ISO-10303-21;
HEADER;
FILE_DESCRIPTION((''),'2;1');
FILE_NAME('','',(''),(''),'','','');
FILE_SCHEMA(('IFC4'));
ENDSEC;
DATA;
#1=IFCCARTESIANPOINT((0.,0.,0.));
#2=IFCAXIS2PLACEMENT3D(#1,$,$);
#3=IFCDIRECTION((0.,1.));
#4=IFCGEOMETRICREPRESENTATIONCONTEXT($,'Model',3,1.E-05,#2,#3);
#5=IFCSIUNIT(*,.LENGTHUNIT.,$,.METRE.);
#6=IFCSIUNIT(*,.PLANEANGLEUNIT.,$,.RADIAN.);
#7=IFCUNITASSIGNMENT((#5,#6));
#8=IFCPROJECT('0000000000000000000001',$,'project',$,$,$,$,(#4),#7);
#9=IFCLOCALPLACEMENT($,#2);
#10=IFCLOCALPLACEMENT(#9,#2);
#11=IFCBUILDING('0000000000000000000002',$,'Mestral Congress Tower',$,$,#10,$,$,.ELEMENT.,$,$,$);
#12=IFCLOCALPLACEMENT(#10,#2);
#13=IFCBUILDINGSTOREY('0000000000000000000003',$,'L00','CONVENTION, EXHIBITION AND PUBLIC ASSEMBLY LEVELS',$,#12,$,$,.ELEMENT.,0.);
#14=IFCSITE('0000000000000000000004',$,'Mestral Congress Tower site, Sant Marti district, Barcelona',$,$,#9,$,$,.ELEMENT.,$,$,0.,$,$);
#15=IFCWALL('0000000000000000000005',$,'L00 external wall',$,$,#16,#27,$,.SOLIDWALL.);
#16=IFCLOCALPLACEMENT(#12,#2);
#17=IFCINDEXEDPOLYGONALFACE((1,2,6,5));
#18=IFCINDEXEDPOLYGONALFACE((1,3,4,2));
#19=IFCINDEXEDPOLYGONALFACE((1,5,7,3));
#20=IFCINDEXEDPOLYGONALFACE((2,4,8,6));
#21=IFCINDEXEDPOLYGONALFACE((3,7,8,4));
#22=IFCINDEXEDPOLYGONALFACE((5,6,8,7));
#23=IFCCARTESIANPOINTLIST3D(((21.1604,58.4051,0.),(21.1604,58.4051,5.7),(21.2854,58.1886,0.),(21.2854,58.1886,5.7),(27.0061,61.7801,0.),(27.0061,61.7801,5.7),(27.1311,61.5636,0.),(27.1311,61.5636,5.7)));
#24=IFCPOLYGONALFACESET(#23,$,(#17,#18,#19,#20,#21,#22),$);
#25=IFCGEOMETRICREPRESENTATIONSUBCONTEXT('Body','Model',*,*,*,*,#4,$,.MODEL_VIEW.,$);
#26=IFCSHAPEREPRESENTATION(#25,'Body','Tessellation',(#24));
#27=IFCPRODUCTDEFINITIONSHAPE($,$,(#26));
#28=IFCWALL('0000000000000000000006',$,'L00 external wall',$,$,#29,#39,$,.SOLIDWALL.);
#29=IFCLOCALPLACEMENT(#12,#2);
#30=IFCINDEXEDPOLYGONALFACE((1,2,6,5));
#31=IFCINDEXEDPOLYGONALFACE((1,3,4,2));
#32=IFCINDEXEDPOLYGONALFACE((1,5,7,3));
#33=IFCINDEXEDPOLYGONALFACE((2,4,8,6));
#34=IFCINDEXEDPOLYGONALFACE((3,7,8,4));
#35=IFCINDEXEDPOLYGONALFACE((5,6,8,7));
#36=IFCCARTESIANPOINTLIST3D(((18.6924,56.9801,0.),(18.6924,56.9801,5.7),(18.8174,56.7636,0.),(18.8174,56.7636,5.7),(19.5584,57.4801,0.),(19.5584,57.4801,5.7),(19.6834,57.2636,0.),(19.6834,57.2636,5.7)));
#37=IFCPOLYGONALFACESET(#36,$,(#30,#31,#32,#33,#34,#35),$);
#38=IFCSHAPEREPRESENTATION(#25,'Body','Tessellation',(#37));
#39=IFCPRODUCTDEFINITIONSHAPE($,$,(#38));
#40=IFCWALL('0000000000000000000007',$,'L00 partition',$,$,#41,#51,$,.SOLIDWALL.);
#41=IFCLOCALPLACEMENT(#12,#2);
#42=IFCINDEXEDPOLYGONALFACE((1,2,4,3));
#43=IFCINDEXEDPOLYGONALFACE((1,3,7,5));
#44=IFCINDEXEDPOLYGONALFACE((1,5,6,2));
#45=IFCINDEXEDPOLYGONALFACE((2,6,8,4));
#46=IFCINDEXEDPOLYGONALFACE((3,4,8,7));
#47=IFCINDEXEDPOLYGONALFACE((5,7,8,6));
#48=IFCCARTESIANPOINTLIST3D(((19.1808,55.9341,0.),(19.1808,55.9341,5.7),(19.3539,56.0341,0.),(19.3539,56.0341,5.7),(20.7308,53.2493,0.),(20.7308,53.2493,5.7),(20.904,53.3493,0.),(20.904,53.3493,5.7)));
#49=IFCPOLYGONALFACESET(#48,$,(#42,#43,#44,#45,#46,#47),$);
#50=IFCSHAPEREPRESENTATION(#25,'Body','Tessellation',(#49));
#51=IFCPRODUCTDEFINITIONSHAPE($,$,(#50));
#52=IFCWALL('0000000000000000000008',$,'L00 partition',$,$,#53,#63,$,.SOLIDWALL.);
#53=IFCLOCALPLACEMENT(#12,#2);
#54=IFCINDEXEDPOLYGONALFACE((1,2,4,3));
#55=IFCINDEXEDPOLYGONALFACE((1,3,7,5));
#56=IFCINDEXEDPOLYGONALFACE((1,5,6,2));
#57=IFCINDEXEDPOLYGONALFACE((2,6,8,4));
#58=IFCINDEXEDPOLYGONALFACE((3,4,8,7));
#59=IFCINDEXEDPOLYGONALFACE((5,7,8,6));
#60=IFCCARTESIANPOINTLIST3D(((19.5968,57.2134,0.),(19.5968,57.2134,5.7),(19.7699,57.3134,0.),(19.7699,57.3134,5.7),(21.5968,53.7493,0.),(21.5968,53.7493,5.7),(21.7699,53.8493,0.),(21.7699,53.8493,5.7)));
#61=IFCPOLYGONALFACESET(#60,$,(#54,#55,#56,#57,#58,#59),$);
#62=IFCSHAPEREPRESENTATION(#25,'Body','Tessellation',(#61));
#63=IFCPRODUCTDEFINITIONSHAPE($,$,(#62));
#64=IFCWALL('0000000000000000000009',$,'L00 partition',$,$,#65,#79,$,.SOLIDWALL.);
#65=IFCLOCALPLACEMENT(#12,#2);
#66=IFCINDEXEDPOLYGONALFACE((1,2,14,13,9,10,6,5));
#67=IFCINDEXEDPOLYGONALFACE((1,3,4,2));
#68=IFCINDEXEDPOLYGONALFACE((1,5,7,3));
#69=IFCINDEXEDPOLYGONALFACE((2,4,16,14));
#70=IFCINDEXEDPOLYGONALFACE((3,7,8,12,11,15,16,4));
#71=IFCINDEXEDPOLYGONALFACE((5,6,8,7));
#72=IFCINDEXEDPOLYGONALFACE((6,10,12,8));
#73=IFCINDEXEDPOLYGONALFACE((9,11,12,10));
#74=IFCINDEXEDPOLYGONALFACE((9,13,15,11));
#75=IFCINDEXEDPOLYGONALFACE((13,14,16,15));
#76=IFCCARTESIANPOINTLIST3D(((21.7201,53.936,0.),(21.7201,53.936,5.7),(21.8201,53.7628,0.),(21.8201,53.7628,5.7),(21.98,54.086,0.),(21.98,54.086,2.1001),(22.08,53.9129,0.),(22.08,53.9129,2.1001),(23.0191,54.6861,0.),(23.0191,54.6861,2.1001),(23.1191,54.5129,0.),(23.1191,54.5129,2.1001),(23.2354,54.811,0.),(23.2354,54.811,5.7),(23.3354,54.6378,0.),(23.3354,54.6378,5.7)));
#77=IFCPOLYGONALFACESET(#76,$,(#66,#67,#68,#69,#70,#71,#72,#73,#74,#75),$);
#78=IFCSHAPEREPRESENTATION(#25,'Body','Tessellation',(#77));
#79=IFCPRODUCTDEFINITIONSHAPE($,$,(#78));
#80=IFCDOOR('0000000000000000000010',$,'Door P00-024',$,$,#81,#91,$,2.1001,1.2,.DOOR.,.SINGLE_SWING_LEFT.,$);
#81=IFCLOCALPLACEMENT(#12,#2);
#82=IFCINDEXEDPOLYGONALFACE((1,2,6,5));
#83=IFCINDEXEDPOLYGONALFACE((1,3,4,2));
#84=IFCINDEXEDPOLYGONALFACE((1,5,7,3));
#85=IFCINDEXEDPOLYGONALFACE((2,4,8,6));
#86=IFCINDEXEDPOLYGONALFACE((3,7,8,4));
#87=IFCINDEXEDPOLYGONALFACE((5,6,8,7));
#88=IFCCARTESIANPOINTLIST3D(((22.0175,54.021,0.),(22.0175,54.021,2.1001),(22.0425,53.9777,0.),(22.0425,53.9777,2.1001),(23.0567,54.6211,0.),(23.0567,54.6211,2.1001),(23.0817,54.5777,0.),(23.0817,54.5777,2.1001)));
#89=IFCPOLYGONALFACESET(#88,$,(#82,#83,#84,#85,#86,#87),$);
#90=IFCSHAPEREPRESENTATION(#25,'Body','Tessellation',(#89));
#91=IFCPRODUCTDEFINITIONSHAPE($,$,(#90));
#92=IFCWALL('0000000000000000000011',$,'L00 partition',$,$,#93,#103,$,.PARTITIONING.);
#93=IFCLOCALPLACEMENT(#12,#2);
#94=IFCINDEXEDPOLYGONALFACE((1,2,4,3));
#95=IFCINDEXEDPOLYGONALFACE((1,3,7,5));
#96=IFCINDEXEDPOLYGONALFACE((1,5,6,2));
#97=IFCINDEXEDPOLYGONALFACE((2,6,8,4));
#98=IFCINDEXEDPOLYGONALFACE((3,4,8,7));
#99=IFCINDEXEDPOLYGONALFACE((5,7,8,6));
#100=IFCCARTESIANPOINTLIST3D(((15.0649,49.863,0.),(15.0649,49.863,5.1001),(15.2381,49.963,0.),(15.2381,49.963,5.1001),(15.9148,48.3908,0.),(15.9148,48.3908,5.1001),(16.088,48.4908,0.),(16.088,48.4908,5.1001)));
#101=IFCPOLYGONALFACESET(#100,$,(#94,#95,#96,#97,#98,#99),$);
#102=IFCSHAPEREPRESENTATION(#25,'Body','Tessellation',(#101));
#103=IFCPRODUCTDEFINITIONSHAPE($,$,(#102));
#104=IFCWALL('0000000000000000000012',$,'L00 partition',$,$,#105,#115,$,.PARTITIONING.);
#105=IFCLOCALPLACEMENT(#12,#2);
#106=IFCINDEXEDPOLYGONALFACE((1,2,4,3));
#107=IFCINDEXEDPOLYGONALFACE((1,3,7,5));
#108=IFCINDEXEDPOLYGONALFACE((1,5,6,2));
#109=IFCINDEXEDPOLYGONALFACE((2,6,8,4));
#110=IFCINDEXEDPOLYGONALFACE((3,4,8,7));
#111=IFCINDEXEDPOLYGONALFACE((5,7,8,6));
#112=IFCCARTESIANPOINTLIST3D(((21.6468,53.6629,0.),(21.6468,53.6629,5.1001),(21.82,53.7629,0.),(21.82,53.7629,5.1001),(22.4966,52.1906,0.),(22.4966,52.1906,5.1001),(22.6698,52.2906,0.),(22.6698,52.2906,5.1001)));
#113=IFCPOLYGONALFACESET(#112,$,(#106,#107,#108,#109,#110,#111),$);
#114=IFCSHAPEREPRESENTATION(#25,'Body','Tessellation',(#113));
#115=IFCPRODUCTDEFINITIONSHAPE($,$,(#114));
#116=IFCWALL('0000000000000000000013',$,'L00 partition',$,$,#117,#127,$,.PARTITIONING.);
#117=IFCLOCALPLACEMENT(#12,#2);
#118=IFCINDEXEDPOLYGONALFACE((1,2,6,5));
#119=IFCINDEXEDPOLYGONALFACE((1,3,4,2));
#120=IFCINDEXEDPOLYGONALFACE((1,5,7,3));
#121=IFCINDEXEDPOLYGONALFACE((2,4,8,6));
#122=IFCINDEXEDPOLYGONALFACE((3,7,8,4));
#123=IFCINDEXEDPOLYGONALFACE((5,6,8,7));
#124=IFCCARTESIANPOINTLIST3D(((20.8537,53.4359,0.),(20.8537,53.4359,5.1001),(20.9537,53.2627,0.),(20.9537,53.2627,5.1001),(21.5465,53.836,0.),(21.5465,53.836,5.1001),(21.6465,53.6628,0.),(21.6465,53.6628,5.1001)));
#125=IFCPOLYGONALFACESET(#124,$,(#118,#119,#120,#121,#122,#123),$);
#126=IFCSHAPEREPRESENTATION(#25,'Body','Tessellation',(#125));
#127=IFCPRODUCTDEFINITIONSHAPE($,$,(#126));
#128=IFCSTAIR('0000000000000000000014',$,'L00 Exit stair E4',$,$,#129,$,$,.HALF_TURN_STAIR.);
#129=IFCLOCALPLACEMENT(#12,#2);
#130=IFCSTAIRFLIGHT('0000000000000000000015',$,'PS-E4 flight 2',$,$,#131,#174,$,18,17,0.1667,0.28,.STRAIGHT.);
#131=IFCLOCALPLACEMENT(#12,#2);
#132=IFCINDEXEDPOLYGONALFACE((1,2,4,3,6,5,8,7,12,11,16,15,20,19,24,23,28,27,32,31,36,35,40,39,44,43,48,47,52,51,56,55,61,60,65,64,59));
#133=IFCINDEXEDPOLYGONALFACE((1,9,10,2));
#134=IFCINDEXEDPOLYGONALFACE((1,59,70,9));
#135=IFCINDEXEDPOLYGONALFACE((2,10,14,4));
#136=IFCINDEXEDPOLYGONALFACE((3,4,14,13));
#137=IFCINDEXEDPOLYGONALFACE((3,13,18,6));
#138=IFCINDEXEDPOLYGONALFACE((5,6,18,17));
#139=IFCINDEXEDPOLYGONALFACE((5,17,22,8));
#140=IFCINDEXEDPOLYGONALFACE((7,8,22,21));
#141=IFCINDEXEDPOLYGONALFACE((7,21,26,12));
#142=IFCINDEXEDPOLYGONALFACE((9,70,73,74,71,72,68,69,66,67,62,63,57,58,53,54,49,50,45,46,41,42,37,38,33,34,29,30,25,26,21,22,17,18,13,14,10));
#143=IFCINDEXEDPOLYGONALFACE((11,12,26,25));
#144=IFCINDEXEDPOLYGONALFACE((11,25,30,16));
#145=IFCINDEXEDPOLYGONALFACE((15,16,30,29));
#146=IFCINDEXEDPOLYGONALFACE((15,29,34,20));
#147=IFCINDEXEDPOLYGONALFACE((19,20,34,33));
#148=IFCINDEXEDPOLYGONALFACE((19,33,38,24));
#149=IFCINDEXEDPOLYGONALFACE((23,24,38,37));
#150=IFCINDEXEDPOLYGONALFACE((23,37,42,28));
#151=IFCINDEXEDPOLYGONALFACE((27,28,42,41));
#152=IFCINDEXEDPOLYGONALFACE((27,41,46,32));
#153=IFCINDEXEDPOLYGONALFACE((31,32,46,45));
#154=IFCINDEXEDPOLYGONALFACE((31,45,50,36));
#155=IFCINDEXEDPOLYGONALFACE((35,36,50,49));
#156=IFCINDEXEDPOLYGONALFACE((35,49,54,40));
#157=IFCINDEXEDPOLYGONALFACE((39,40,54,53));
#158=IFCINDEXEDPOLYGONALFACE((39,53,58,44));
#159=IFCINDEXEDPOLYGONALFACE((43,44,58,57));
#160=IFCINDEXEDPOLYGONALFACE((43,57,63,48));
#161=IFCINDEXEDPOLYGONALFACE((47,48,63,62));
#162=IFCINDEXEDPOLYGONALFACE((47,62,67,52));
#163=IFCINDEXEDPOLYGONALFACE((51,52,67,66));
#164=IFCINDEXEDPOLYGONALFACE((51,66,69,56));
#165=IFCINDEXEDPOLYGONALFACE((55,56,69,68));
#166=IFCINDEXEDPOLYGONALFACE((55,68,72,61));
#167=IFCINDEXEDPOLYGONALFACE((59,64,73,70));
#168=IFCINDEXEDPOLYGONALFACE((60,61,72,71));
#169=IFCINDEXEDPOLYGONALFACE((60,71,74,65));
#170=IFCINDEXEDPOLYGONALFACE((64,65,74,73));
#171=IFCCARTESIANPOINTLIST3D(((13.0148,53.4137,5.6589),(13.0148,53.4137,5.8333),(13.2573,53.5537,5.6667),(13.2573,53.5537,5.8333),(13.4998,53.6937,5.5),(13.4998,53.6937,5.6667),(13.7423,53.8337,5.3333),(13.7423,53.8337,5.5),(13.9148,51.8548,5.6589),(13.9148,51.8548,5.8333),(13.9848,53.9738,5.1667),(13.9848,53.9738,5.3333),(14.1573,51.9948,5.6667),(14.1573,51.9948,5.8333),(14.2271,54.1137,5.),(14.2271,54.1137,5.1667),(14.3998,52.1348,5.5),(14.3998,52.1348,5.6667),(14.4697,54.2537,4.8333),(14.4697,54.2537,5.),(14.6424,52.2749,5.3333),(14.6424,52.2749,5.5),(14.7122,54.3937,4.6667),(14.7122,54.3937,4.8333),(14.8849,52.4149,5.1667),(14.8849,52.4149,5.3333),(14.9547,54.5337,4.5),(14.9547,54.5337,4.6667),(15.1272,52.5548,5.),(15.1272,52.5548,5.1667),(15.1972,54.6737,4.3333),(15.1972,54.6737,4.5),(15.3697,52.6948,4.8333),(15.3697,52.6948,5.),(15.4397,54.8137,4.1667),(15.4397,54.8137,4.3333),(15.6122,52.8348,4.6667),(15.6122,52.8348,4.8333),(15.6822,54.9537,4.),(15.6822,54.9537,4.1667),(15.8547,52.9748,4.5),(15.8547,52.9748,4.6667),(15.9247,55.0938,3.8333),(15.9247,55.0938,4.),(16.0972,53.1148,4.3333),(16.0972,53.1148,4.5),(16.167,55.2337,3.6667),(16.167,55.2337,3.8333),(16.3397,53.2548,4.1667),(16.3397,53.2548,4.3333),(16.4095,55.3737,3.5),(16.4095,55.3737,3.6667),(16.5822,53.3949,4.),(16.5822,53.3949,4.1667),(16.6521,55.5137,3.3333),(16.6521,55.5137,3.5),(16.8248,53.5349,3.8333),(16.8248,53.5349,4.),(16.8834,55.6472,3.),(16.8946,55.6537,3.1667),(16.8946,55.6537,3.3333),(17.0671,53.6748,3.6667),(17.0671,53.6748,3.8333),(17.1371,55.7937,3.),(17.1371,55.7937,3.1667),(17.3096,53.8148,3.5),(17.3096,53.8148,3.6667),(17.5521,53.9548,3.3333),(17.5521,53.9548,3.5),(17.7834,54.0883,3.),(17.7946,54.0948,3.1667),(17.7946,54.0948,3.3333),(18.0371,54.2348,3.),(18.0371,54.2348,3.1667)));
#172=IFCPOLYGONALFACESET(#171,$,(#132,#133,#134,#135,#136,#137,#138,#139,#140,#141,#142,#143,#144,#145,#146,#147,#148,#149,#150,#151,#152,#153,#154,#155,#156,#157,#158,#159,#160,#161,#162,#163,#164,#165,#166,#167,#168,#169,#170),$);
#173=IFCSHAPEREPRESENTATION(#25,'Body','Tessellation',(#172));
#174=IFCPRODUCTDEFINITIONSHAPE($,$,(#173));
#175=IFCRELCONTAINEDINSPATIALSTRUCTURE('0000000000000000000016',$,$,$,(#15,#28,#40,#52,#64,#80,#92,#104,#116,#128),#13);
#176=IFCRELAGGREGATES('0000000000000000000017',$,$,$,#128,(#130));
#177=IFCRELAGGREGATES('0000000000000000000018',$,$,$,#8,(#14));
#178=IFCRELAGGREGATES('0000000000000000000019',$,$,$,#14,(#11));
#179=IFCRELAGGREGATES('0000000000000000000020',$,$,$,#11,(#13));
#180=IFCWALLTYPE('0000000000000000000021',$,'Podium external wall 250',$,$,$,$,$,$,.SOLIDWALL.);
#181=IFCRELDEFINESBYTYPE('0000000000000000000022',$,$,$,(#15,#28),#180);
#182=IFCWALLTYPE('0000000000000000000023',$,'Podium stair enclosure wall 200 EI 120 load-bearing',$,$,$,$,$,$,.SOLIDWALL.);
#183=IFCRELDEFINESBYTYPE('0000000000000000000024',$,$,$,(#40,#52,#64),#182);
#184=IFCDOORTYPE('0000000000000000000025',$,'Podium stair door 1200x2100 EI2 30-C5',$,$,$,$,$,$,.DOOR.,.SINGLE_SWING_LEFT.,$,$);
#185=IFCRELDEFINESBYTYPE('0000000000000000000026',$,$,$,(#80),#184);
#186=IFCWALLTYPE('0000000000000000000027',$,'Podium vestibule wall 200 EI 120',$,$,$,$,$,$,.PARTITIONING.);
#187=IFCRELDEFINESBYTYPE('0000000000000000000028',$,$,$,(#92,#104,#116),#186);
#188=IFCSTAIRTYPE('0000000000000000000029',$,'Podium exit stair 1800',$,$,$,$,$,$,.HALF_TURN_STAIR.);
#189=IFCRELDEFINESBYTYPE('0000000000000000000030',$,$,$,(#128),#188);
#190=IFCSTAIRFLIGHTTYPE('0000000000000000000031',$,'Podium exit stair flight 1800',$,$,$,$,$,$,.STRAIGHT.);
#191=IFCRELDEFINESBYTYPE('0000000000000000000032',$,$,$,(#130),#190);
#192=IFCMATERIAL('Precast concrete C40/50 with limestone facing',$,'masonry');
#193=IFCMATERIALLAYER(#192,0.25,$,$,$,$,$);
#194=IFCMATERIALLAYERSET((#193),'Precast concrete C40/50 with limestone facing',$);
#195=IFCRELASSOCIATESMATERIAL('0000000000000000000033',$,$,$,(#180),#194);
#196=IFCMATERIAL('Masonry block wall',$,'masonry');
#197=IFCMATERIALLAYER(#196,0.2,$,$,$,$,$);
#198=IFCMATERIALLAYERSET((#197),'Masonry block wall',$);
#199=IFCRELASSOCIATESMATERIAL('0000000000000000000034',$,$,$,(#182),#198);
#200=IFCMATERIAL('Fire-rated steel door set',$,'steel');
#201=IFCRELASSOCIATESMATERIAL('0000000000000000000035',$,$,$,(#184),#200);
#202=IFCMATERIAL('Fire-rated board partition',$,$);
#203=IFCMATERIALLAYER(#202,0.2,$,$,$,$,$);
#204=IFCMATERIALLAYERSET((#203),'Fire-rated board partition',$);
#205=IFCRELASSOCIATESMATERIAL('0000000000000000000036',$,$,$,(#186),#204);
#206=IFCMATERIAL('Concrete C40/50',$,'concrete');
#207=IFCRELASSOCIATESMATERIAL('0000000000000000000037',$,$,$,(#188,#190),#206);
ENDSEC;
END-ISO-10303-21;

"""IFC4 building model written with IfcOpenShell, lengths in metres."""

from ifc_helpers import new_model, si_unit, direction, frame, frame_2d, origin, place, context, subcontext, project, spatial, polyline, rectangle, outline, extrude, material, layer, layer_set, type_object, element, fill, aggregate, save


model = new_model("IFC4")

# Units and contexts
model_context = context("Model", 3, precision=1e-05, world=origin(), true_north=direction((0.0, 1.0)))
body_context = subcontext(model_context, "Body", "Model", "MODEL_VIEW")
ifc_project = project(units=[si_unit("LENGTHUNIT", "METRE"), si_unit("PLANEANGLEUNIT", "RADIAN")], contexts=[model_context])

# Site, building, storey
site_placement = place(None, origin())
site = spatial("IfcSite", under=ifc_project, at=site_placement, Name="Mestral Congress Tower site, Sant Marti district, Barcelona", CompositionType="ELEMENT", RefElevation=0.0)
building_placement = place(site_placement, origin())
building = spatial("IfcBuilding", under=site, at=building_placement, Name="Mestral Congress Tower", CompositionType="ELEMENT")
storey_placement = place(building_placement, origin())
storey = spatial("IfcBuildingStorey", under=building, at=storey_placement, Name="L00", Description="CONVENTION, EXHIBITION AND PUBLIC ASSEMBLY LEVELS", CompositionType="ELEMENT", Elevation=0.0)

# Shared definitions
ifc_material_1 = material(Name="Precast concrete C40/50 with limestone facing", Category="masonry")
ifc_layer_1 = layer(ifc_material_1, 0.25)
ifc_layer_set_1 = layer_set([ifc_layer_1], Name="Precast concrete C40/50 with limestone facing")
wall_type_1 = type_object("IfcWallType", Name="Podium external wall 250", PredefinedType="SOLIDWALL", material=ifc_layer_set_1)

# Walls
wall_1_placement = place(storey_placement, frame((21.2229, 58.2969, 0.0), z_axis=(0.0, 0.0, 1.0), x_axis=(0.866027, 0.499998, 0.0)))
element("IfcWall", 1, at=wall_1_placement, inside=storey, type_object=wall_type_1, Name="L00 external wall", PredefinedType="SOLIDWALL", context=body_context, shape_type="SweptSolid", body=[
    extrude(rectangle(XDim=6.75, YDim=0.25, at=frame_2d((3.375, 0.0))), origin(), (0.0, 0.0, 1.0), 5.7),
])
wall_2_placement = place(storey_placement, frame((18.7549, 56.8718, 0.0), z_axis=(0.0, 0.0, 1.0), x_axis=(0.866011, 0.500025, 0.0)))
element("IfcWall", 2, at=wall_2_placement, inside=storey, type_object=wall_type_1, Name="L00 external wall", PredefinedType="SOLIDWALL", context=body_context, shape_type="SweptSolid", body=[
    extrude(rectangle(XDim=1.0, YDim=0.25, at=frame_2d((0.5, 0.0))), origin(), (0.0, 0.0, 1.0), 5.7),
])
ifc_material_2 = material(Name="Masonry block wall", Category="masonry")
ifc_layer_2 = layer(ifc_material_2, 0.2)
ifc_layer_set_2 = layer_set([ifc_layer_2], Name="Masonry block wall")
wall_type_2 = type_object("IfcWallType", Name="Podium stair enclosure wall 200 EI 120 load-bearing", PredefinedType="SOLIDWALL", material=ifc_layer_set_2)
wall_3_placement = place(storey_placement, frame((20.8174, 53.2993, 0.0), z_axis=(0.0, 0.0, 1.0), x_axis=(-0.499993, 0.86603, 0.0)))
element("IfcWall", 3, at=wall_3_placement, inside=storey, type_object=wall_type_2, Name="L00 partition", PredefinedType="SOLIDWALL", context=body_context, shape_type="SweptSolid", body=[
    extrude(rectangle(XDim=3.1001, YDim=0.2, at=frame_2d((1.55, 0.0))), origin(), (0.0, 0.0, 1.0), 5.7),
])
wall_4_placement = place(storey_placement, frame((21.6833, 53.7993, 0.0), z_axis=(0.0, 0.0, 1.0), x_axis=(-0.499999, 0.866026, 0.0)))
element("IfcWall", 4, at=wall_4_placement, inside=storey, type_object=wall_type_2, Name="L00 partition", PredefinedType="SOLIDWALL", context=body_context, shape_type="SweptSolid", body=[
    extrude(rectangle(XDim=4.0, YDim=0.2, at=frame_2d((2.0, 0.0))), origin(), (0.0, 0.0, 1.0), 5.7),
])

# Wall, opening, door
wall_5_placement = place(storey_placement, frame((21.77, 53.8494, 0.0), z_axis=(0.0, 0.0, 1.0), x_axis=(0.866002, 0.50004, 0.0)))
wall_5 = element("IfcWall", 5, at=wall_5_placement, inside=storey, type_object=wall_type_2, Name="L00 partition", PredefinedType="SOLIDWALL", context=body_context, shape_type="SweptSolid", body=[
    extrude(rectangle(XDim=1.7498, YDim=0.2, at=frame_2d((0.875, 0.0))), origin(), (0.0, 0.0, 1.0), 5.7),
])
opening_1_placement = place(wall_5_placement, frame((0.3, 0.0, 0.0)))
opening_1 = element("IfcOpeningElement", 6, at=opening_1_placement, cuts=wall_5, PredefinedType="OPENING", context=body_context, shape_type="SweptSolid", body=[
    extrude(rectangle(XDim=1.2, YDim=2.1001, at=frame_2d((0.6001, 1.05))), frame((0.0, 0.1099, 0.0), z_axis=(0.0, -1.0, 0.0), x_axis=(1.0, 0.0, 0.0)), (0.0, 0.0, 1.0), 0.22),
])
ifc_material_3 = material(Name="Fire-rated steel door set", Category="steel")
door_type_1 = type_object("IfcDoorType", Name="Podium stair door 1200x2100 EI2 30-C5", OperationType="SINGLE_SWING_LEFT", PredefinedType="DOOR", material=ifc_material_3)
door_1_placement = place(opening_1_placement, origin())
door_1 = element("IfcDoor", 7, at=door_1_placement, inside=storey, type_object=door_type_1, Name="Door P00-024", OperationType="SINGLE_SWING_LEFT", OverallHeight=2.1001, OverallWidth=1.2, PredefinedType="DOOR", context=body_context, shape_type="SweptSolid", body=[
    extrude(rectangle(XDim=1.2, YDim=2.1001, at=frame_2d((0.6001, 1.05))), frame((0.0, 0.0249, 0.0), z_axis=(0.0, -1.0, 0.0), x_axis=(1.0, 0.0, 0.0)), (0.0, 0.0, 1.0), 0.05),
])
fill(opening_1, door_1)

# Walls
ifc_material_4 = material(Name="Fire-rated board partition")
ifc_layer_3 = layer(ifc_material_4, 0.2)
ifc_layer_set_3 = layer_set([ifc_layer_3], Name="Fire-rated board partition")
wall_type_3 = type_object("IfcWallType", Name="Podium vestibule wall 200 EI 120", PredefinedType="PARTITIONING", material=ifc_layer_set_3)
for number, where, z_axis, x_axis, name in (
    (8, (16.0015, 48.4407, 0.0), (0.0, 0.0, 1.0), (-0.499955, 0.866052, 0.0), "L00 partition"),
    (9, (22.5833, 52.2405, 0.0), (0.0, 0.0, 1.0), (-0.499892, 0.866088, 0.0), "L00 partition"),
):
    element("IfcWall", number, at=place(storey_placement, frame(where, z_axis=z_axis, x_axis=x_axis)), inside=storey, type_object=wall_type_3, Name=name, PredefinedType="PARTITIONING", context=body_context, shape_type="SweptSolid", body=[
        extrude(rectangle(XDim=1.7, YDim=0.2, at=frame_2d((0.8501, 0.0))), origin(), (0.0, 0.0, 1.0), 5.1001),
    ])
wall_6_placement = place(storey_placement, frame((20.9038, 53.3494, 0.0), z_axis=(0.0, 0.0, 1.0), x_axis=(0.865962, 0.50011, 0.0)))
element("IfcWall", 10, at=wall_6_placement, inside=storey, type_object=wall_type_3, Name="L00 partition", PredefinedType="PARTITIONING", context=body_context, shape_type="SweptSolid", body=[
    extrude(rectangle(XDim=0.8, YDim=0.2, at=frame_2d((0.3999, 0.0))), origin(), (0.0, 0.0, 1.0), 5.1001),
])

# Stair, stair flight
ifc_material_5 = material(Name="Concrete C40/50", Category="concrete")
stair_type = type_object("IfcStairType", Name="Podium exit stair 1800", PredefinedType="HALF_TURN_STAIR", material=ifc_material_5)
stair_placement = place(storey_placement, origin())
stair = element("IfcStair", 11, at=stair_placement, inside=storey, type_object=stair_type, Name="L00 Exit stair E4", PredefinedType="HALF_TURN_STAIR")
stair_flight_type = type_object("IfcStairFlightType", Name="Podium exit stair flight 1800", PredefinedType="STRAIGHT", material=ifc_material_5)
stair_flight_placement = place(storey_placement, frame((17.5872, 55.0142, 3.0), z_axis=(0.0, 0.0, 1.0), x_axis=(-0.866025, -0.5, 0.0)))
stair_flight = element("IfcStairFlight", 12, at=stair_flight_placement, type_object=stair_flight_type, Name="PS-E4 flight 2", NumberOfRisers=18, NumberOfTreads=17, PredefinedType="STRAIGHT", RiserHeight=0.1667, TreadLength=0.28, context=body_context, shape_type="SweptSolid", body=[
    extrude(outline(polyline([(0.0, 0.0), (0.0, 0.1667), (0.28, 0.1667), (0.28, 0.3333), (0.5601, 0.3333), (0.5601, 0.5), (0.8401, 0.5), (0.8401, 0.6667), (1.1201, 0.6667), (1.1201, 0.8333), (1.3999, 0.8333), (1.3999, 1.0), (1.6799, 1.0), (1.6799, 1.1667), (1.96, 1.1667), (1.96, 1.3333), (2.24, 1.3333), (2.24, 1.5), (2.52, 1.5), (2.52, 1.6667), (2.8, 1.6667), (2.8, 1.8333), (3.0801, 1.8333), (3.0801, 2.0), (3.3601, 2.0), (3.3601, 2.1667), (3.6399, 2.1667), (3.6399, 2.3333), (3.9199, 2.3333), (3.9199, 2.5), (4.2, 2.5), (4.2, 2.6667), (4.48, 2.6667), (4.48, 2.8333), (4.76, 2.8333), (4.76, 3.0), (4.76, 2.6589), (0.293, 0.0), (0.0, 0.0)])), frame((0.0, 0.8999, 0.0), z_axis=(0.0, -1.0, 0.0), x_axis=(1.0, 0.0, 0.0)), (0.0, 0.0, 1.0), 1.8),
])
aggregate(stair, [stair_flight])

save(model, "model.ifc")
